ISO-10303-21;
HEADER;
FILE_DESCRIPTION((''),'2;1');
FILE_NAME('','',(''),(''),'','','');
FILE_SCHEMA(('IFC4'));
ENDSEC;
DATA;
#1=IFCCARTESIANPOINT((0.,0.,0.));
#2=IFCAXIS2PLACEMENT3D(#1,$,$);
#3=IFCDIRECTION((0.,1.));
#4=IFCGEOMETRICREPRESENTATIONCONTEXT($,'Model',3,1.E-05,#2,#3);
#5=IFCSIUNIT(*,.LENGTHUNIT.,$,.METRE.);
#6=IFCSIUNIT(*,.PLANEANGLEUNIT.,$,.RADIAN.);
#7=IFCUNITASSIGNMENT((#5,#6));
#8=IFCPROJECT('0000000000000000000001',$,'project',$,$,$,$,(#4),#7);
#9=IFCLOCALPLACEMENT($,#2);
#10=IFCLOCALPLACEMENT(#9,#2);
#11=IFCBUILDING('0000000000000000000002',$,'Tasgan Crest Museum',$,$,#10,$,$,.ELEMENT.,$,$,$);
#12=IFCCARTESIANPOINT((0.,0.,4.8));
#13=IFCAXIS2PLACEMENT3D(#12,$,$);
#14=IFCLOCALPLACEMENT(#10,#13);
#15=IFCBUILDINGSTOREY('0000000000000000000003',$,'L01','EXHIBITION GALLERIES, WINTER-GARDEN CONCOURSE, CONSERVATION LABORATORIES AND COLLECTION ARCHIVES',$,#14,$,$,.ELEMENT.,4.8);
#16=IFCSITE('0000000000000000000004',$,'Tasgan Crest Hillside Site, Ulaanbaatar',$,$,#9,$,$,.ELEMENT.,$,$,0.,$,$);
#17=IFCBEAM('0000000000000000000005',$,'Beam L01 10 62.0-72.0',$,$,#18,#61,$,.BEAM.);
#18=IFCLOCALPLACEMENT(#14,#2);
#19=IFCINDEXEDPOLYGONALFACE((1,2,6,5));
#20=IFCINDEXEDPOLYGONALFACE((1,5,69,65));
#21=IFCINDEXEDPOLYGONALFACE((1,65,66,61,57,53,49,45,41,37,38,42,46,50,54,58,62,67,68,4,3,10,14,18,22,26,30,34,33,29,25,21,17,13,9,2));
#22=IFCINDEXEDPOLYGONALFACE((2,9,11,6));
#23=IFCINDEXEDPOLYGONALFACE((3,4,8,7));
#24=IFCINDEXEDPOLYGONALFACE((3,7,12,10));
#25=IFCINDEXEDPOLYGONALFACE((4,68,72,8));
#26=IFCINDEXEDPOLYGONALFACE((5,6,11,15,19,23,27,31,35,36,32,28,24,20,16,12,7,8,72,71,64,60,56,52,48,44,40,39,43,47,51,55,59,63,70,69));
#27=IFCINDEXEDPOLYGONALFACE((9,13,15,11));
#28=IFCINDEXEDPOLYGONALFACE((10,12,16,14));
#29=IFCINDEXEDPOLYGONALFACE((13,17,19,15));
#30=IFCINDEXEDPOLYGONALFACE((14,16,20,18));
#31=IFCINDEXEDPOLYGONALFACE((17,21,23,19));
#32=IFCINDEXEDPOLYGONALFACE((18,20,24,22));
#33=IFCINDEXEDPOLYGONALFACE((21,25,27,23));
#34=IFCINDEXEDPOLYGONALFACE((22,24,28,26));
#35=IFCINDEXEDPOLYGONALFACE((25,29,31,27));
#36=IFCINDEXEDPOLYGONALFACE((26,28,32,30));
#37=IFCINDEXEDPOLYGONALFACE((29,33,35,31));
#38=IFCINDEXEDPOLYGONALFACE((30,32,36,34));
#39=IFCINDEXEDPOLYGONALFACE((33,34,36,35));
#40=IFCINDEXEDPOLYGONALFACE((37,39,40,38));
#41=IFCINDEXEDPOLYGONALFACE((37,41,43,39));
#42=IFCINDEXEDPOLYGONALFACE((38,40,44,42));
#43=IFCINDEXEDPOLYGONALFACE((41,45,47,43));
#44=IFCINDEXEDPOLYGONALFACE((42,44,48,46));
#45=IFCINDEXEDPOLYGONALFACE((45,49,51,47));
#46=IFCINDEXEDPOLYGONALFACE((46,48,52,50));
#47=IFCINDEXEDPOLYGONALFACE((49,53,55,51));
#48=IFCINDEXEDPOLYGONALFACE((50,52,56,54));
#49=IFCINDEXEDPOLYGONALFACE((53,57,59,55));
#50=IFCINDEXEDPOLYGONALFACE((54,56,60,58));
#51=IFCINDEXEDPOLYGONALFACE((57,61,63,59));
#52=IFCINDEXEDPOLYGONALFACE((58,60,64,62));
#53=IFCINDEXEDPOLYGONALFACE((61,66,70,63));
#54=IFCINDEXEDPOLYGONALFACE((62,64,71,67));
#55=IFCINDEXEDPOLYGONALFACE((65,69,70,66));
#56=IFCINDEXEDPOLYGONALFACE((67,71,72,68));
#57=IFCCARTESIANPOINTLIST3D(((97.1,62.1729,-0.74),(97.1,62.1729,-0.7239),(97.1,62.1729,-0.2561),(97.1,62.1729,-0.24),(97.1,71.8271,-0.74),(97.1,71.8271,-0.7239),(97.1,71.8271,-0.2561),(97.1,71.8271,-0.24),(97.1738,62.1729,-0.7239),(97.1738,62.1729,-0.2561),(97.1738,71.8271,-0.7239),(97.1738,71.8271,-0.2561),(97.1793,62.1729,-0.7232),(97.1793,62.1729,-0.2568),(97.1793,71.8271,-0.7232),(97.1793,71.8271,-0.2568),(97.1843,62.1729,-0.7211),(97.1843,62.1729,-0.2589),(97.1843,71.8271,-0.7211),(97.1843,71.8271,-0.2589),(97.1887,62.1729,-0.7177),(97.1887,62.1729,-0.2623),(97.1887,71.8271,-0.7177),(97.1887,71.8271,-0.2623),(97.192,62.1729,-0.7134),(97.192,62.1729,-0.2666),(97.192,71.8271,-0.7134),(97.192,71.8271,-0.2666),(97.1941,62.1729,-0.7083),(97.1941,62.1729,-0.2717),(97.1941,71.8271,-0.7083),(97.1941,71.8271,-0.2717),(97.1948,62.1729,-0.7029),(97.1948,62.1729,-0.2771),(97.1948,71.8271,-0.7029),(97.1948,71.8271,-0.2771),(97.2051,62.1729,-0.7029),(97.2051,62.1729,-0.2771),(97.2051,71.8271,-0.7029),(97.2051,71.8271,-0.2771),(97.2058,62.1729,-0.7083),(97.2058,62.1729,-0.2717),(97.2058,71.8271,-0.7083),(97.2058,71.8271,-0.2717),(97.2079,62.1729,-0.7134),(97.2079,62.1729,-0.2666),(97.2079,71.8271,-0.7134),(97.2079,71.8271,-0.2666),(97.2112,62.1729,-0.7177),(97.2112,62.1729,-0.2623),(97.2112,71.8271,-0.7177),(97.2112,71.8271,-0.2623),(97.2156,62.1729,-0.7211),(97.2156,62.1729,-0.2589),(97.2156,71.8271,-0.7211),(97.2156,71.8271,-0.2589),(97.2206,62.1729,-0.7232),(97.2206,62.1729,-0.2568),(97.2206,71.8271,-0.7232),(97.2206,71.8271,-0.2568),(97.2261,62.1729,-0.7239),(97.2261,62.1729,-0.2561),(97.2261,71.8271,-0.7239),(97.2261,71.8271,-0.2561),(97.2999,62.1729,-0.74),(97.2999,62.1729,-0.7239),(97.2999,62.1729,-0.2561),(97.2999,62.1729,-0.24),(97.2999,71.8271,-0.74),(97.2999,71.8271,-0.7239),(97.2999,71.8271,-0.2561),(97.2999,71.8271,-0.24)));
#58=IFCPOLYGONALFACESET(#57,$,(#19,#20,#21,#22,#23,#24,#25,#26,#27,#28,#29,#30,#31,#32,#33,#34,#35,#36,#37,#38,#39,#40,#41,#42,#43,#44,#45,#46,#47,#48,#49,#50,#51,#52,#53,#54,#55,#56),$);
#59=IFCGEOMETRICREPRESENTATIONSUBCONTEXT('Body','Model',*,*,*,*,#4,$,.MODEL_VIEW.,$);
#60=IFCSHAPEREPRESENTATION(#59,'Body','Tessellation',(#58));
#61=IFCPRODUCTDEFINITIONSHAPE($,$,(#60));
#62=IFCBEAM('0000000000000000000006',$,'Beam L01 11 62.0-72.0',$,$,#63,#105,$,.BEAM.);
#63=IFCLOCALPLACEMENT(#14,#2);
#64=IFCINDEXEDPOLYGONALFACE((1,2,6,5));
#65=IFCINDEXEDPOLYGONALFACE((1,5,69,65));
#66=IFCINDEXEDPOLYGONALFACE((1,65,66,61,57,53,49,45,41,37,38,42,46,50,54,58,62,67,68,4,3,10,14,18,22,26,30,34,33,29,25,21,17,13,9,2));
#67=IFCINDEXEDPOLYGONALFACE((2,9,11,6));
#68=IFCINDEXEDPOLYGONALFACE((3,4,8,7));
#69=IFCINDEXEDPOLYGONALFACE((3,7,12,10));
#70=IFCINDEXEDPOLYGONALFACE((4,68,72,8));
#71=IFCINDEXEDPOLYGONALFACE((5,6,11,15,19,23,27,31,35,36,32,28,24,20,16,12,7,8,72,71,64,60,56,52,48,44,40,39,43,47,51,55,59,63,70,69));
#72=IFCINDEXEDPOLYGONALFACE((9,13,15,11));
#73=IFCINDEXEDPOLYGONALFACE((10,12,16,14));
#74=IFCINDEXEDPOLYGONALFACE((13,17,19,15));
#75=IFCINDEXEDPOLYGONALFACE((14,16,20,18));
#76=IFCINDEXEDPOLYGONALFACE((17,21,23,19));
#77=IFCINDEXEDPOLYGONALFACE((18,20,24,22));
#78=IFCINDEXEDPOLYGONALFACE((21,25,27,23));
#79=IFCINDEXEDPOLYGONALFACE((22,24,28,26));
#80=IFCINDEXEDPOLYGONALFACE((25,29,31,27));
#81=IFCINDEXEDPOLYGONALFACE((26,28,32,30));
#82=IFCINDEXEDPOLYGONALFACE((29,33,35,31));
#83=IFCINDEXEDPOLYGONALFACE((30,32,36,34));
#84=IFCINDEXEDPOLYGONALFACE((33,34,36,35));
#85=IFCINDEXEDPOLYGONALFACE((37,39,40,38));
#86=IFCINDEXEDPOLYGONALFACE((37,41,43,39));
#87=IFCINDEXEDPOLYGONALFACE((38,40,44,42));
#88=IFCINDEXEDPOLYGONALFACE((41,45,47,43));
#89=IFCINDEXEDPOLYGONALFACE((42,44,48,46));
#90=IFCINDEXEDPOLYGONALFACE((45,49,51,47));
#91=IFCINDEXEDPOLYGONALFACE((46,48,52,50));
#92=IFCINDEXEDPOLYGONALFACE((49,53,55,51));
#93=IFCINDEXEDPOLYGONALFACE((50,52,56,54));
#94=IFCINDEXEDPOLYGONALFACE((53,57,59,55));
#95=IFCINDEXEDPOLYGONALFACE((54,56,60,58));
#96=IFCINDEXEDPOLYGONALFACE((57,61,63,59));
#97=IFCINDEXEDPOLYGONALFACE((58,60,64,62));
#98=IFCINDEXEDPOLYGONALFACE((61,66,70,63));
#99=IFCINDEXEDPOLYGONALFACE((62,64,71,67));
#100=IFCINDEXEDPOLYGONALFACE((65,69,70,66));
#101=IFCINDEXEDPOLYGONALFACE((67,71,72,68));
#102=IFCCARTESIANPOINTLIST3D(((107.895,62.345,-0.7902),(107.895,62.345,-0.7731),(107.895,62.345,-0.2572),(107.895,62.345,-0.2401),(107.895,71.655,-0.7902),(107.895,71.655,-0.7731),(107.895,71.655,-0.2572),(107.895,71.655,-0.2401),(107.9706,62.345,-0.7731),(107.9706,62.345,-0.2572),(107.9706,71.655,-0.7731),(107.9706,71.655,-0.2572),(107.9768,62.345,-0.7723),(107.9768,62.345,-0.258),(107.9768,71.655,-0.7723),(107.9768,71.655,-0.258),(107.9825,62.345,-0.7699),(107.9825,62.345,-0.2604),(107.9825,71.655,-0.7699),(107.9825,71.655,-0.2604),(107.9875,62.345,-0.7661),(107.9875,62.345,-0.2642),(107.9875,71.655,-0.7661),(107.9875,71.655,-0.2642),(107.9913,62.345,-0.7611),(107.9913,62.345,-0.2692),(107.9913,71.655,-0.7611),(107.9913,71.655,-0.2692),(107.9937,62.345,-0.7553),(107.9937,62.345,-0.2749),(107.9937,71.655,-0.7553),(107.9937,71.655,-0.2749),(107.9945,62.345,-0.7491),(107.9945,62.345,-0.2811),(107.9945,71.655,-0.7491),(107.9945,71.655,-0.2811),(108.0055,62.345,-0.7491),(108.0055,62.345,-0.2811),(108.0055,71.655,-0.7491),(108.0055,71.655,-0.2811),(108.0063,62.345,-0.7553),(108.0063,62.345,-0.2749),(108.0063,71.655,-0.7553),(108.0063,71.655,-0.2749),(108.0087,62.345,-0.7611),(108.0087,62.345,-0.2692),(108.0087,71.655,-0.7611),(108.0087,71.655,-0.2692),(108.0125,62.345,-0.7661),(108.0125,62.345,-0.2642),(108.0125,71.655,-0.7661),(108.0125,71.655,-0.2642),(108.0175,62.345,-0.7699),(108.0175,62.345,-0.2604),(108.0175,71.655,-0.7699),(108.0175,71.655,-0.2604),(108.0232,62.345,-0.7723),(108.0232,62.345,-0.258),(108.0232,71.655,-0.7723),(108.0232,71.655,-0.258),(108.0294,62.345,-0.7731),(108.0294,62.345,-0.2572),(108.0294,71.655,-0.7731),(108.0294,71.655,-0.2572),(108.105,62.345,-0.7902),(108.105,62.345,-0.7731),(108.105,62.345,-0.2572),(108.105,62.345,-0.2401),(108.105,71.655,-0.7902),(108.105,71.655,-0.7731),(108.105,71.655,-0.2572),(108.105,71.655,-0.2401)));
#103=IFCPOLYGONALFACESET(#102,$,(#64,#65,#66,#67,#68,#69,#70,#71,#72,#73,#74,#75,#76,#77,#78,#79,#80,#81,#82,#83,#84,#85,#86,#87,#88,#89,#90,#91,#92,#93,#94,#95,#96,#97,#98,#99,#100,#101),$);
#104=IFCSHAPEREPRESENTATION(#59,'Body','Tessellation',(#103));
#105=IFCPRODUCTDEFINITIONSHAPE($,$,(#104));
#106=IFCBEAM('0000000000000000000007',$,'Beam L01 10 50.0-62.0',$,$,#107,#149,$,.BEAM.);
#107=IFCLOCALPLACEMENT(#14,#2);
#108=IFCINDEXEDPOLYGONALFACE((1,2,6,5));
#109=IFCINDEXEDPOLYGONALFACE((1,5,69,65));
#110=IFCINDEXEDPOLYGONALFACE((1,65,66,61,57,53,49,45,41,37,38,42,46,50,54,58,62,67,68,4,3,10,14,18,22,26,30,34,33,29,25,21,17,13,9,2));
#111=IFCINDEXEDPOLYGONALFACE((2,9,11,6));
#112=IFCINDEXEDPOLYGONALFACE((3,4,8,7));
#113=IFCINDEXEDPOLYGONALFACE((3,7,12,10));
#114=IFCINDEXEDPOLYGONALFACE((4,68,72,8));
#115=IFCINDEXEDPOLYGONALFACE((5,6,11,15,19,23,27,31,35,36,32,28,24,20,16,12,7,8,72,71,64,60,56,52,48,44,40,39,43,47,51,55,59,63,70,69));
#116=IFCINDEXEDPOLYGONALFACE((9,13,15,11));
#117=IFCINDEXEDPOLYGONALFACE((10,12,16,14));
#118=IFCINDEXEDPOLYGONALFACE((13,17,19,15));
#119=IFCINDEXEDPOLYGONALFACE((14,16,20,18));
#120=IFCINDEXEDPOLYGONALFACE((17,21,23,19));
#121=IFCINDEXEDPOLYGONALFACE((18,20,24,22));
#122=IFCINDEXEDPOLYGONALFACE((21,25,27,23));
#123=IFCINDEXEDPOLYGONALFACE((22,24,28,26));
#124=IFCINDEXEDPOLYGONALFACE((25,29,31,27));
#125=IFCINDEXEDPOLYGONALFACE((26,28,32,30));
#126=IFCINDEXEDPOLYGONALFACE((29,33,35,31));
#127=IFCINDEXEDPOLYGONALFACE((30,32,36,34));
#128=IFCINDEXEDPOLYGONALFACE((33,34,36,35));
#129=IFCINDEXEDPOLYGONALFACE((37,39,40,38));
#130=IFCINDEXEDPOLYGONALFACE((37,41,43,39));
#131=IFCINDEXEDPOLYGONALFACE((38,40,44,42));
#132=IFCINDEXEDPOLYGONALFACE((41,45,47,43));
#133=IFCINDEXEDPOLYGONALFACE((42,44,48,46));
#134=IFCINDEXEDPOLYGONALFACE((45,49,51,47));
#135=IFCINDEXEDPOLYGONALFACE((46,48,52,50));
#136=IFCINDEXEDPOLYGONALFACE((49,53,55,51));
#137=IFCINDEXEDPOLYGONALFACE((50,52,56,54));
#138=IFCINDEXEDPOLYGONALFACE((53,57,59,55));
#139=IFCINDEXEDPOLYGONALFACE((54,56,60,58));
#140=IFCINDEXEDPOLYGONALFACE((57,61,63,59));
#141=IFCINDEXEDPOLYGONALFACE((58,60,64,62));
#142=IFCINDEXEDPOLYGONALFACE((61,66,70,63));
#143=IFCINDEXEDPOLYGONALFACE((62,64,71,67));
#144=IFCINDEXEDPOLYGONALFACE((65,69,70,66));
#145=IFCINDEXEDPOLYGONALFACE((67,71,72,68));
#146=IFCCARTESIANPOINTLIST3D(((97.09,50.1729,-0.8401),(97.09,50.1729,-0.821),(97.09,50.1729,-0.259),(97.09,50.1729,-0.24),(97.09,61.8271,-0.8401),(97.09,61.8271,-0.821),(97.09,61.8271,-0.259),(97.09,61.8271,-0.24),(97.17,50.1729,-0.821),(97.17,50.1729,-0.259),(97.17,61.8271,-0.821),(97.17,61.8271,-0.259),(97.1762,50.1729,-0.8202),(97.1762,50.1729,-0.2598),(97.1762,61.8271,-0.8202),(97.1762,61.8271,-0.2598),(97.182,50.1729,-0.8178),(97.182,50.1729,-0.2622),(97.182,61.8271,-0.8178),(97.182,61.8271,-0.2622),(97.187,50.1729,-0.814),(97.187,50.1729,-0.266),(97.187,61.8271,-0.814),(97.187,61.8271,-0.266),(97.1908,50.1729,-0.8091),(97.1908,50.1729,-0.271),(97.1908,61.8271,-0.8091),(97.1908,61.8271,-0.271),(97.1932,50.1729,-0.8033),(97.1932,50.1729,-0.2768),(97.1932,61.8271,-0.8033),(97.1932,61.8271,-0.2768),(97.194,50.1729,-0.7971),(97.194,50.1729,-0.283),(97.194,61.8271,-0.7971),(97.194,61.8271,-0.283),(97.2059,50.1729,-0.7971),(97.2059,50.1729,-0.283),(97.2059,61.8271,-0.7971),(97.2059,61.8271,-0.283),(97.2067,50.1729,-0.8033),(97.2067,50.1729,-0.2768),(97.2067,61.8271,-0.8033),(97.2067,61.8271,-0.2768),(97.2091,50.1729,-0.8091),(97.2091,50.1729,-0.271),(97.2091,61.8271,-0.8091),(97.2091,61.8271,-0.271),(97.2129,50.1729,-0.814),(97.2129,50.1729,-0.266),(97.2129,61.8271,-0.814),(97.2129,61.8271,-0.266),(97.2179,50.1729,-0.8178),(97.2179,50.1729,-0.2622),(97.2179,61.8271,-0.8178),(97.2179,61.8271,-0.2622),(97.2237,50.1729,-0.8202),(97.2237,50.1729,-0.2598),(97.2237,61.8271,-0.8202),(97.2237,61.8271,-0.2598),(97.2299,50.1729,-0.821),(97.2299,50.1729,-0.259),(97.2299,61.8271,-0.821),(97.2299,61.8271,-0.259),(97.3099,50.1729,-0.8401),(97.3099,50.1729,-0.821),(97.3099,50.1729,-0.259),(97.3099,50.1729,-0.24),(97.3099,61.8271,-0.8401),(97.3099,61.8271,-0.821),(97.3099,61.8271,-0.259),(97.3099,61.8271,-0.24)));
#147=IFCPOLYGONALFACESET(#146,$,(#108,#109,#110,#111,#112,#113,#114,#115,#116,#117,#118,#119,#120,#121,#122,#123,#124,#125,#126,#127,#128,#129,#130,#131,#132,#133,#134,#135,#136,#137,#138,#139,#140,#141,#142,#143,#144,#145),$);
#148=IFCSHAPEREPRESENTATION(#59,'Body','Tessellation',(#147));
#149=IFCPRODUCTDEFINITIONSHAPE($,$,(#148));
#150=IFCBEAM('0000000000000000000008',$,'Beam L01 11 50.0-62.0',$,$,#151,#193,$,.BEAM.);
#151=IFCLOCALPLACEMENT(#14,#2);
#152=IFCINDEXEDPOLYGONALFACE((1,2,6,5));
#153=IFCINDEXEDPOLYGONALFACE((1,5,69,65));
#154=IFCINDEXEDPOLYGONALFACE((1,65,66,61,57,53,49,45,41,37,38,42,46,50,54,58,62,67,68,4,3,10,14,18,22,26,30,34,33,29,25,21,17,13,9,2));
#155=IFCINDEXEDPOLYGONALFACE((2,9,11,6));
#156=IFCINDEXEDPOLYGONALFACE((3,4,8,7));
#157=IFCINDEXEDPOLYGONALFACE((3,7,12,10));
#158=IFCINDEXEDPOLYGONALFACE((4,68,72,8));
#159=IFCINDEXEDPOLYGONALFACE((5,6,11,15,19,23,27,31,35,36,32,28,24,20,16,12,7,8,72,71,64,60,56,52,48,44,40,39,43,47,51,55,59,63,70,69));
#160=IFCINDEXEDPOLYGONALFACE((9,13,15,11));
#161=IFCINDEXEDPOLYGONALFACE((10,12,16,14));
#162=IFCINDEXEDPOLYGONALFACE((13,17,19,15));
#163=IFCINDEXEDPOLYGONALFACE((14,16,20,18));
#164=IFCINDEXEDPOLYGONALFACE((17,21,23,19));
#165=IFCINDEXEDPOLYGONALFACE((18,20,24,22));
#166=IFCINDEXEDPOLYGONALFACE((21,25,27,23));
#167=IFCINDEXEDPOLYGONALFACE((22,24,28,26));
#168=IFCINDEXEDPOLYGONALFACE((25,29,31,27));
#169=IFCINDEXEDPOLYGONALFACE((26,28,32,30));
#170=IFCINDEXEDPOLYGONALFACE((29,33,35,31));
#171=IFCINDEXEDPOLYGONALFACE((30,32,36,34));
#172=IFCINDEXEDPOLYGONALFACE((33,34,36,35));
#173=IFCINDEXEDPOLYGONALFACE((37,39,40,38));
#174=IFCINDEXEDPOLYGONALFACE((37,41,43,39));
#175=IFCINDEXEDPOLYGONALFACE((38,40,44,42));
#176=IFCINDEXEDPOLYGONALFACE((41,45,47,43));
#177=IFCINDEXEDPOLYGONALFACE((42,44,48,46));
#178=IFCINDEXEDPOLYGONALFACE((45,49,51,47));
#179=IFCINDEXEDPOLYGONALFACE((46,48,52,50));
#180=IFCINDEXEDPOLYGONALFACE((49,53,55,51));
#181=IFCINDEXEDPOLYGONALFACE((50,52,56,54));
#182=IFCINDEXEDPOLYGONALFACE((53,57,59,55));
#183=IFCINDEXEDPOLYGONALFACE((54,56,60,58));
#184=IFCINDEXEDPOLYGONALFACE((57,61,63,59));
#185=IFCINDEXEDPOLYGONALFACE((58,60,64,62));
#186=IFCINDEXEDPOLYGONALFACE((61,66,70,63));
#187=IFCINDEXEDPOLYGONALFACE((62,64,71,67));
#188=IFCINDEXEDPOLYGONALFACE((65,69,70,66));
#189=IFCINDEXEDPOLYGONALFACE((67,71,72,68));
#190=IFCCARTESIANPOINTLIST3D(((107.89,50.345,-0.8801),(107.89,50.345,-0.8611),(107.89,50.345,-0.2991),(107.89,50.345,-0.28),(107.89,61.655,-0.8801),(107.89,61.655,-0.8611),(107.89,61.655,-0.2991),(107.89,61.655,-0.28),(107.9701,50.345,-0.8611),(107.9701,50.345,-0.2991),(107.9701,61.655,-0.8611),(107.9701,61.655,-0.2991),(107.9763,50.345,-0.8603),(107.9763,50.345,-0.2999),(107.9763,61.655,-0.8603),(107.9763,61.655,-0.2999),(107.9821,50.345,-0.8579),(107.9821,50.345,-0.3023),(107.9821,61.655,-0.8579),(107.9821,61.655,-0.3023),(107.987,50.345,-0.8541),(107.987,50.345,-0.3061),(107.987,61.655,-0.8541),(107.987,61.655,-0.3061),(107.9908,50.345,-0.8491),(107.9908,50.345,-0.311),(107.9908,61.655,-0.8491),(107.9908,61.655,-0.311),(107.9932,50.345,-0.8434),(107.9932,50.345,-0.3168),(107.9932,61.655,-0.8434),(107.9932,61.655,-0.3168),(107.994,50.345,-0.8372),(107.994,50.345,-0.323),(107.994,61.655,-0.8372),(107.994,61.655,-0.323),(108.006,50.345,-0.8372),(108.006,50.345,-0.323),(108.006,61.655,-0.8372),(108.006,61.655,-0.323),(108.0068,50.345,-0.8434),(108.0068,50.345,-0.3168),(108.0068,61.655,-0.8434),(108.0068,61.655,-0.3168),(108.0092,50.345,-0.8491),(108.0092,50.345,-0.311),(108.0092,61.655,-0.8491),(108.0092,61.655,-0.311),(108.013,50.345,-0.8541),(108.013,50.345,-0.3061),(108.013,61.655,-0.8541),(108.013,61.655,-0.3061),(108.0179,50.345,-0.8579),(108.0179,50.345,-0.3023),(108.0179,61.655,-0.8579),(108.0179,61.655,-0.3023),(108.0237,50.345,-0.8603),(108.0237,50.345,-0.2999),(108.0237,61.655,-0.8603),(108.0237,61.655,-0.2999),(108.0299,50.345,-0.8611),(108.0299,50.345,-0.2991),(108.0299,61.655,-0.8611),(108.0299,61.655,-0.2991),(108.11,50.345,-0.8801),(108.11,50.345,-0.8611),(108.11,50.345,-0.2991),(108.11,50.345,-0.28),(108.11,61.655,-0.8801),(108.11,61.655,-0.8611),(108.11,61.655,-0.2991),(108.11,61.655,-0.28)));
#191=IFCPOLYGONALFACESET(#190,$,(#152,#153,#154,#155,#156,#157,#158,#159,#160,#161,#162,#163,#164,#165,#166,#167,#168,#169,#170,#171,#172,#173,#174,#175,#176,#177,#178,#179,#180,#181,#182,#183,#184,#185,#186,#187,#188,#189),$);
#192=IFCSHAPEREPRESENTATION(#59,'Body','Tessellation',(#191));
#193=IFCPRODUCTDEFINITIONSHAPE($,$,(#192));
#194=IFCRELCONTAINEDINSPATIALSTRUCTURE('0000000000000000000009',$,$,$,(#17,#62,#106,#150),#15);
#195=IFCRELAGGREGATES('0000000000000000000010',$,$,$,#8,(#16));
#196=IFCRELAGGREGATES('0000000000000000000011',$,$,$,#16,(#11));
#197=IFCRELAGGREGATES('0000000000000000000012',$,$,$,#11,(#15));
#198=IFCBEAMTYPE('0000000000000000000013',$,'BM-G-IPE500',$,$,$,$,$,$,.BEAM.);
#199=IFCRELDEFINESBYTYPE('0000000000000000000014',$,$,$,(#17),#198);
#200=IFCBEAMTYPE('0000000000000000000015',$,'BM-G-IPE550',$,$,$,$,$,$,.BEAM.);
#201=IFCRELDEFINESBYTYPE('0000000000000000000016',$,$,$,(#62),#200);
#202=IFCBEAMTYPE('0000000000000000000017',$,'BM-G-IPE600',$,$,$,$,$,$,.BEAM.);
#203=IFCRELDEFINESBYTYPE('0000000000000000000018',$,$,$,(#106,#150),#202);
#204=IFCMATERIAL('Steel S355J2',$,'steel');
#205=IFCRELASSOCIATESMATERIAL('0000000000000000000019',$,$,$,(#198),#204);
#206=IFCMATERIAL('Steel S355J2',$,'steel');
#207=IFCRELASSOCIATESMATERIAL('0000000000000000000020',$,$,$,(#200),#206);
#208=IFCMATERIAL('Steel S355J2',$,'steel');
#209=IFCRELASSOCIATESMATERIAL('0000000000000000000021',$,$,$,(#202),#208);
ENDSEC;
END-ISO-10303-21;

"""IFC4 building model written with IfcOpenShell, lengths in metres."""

from ifc_helpers import new_model, si_unit, direction, frame, origin, origin_2d, place, context, subcontext, project, spatial, i_section, extrude, material, material_profile, profile_set, type_object, element, save


model = new_model("IFC4")

# Units and contexts
model_context = context("Model", 3, precision=1e-05, world=origin(), true_north=direction((0.0, 1.0)))
body_context = subcontext(model_context, "Body", "Model", "MODEL_VIEW")
ifc_project = project(units=[si_unit("LENGTHUNIT", "METRE"), si_unit("PLANEANGLEUNIT", "RADIAN")], contexts=[model_context])

# Site, building, storey
site_placement = place(None, origin())
site = spatial("IfcSite", under=ifc_project, at=site_placement, Name="Tasgan Crest Hillside Site, Ulaanbaatar", CompositionType="ELEMENT", RefElevation=0.0)
building_placement = place(site_placement, origin())
building = spatial("IfcBuilding", under=site, at=building_placement, Name="Tasgan Crest Museum", CompositionType="ELEMENT")
storey_placement = place(building_placement, frame((0.0, 0.0, 4.8)))
storey = spatial("IfcBuildingStorey", under=building, at=storey_placement, Name="L01", Description="EXHIBITION GALLERIES, WINTER-GARDEN CONCOURSE, CONSERVATION LABORATORIES AND COLLECTION ARCHIVES", CompositionType="ELEMENT", Elevation=4.8)

# Beams
ifc_material_1 = material(Name="Steel S355J2", Category="steel")
ifc_material_profile_1 = material_profile(ifc_material_1, i_section(OverallWidth=0.2, OverallDepth=0.5, WebThickness=0.0103, FlangeThickness=0.0161, FilletRadius=0.021, at=origin_2d()), Name="IPE 500")
ifc_profile_set_1 = profile_set([ifc_material_profile_1], Name="Steel S355J2")
beam_type_1 = type_object("IfcBeamType", Name="BM-G-IPE500", PredefinedType="BEAM", material=ifc_profile_set_1)
beam_1_placement = place(storey_placement, frame((97.2, 62.1729, -0.49), z_axis=(0.0, 1.0, 0.0), x_axis=(-1.0, 0.0, 0.0)))
element("IfcBeam", 1, at=beam_1_placement, inside=storey, type_object=beam_type_1, Name="Beam L01 10 62.0-72.0", PredefinedType="BEAM", context=body_context, shape_type="SweptSolid", body=[
    extrude(i_section(OverallWidth=0.2, OverallDepth=0.5, WebThickness=0.0103, FlangeThickness=0.0161, FilletRadius=0.021, at=origin_2d()), origin(), (0.0, 0.0, 1.0), 9.6543),
])
ifc_material_2 = material(Name="Steel S355J2", Category="steel")
ifc_material_profile_2 = material_profile(ifc_material_2, i_section(OverallWidth=0.21, OverallDepth=0.55, WebThickness=0.011, FlangeThickness=0.0171, FilletRadius=0.0239, at=origin_2d()), Name="IPE 550")
ifc_profile_set_2 = profile_set([ifc_material_profile_2], Name="Steel S355J2")
beam_type_2 = type_object("IfcBeamType", Name="BM-G-IPE550", PredefinedType="BEAM", material=ifc_profile_set_2)
beam_2_placement = place(storey_placement, frame((108.0, 62.345, -0.5151), z_axis=(0.0, 1.0, 0.0), x_axis=(-1.0, 0.0, 0.0)))
element("IfcBeam", 2, at=beam_2_placement, inside=storey, type_object=beam_type_2, Name="Beam L01 11 62.0-72.0", PredefinedType="BEAM", context=body_context, shape_type="SweptSolid", body=[
    extrude(i_section(OverallWidth=0.21, OverallDepth=0.55, WebThickness=0.011, FlangeThickness=0.0171, FilletRadius=0.0239, at=origin_2d()), origin(), (0.0, 0.0, 1.0), 9.3101),
])
ifc_material_3 = material(Name="Steel S355J2", Category="steel")
ifc_material_profile_3 = material_profile(ifc_material_3, i_section(OverallWidth=0.22, OverallDepth=0.6001, WebThickness=0.012, FlangeThickness=0.019, FilletRadius=0.0239, at=origin_2d()), Name="IPE 600")
ifc_profile_set_3 = profile_set([ifc_material_profile_3], Name="Steel S355J2")
beam_type_3 = type_object("IfcBeamType", Name="BM-G-IPE600", PredefinedType="BEAM", material=ifc_profile_set_3)
beam_3_placement = place(storey_placement, frame((97.2, 50.1729, -0.54), z_axis=(0.0, 1.0, 0.0), x_axis=(-1.0, 0.0, 0.0)))
element("IfcBeam", 3, at=beam_3_placement, inside=storey, type_object=beam_type_3, Name="Beam L01 10 50.0-62.0", PredefinedType="BEAM", context=body_context, shape_type="SweptSolid", body=[
    extrude(i_section(OverallWidth=0.22, OverallDepth=0.6001, WebThickness=0.012, FlangeThickness=0.019, FilletRadius=0.0239, at=origin_2d()), origin(), (0.0, 0.0, 1.0), 11.6543),
])
beam_4_placement = place(storey_placement, frame((108.0, 50.345, -0.5801), z_axis=(0.0, 1.0, 0.0), x_axis=(-1.0, 0.0, 0.0)))
element("IfcBeam", 4, at=beam_4_placement, inside=storey, type_object=beam_type_3, Name="Beam L01 11 50.0-62.0", PredefinedType="BEAM", context=body_context, shape_type="SweptSolid", body=[
    extrude(i_section(OverallWidth=0.22, OverallDepth=0.6001, WebThickness=0.012, FlangeThickness=0.019, FilletRadius=0.0239, at=origin_2d()), origin(), (0.0, 0.0, 1.0), 11.3101),
])

save(model, "model.ifc")
